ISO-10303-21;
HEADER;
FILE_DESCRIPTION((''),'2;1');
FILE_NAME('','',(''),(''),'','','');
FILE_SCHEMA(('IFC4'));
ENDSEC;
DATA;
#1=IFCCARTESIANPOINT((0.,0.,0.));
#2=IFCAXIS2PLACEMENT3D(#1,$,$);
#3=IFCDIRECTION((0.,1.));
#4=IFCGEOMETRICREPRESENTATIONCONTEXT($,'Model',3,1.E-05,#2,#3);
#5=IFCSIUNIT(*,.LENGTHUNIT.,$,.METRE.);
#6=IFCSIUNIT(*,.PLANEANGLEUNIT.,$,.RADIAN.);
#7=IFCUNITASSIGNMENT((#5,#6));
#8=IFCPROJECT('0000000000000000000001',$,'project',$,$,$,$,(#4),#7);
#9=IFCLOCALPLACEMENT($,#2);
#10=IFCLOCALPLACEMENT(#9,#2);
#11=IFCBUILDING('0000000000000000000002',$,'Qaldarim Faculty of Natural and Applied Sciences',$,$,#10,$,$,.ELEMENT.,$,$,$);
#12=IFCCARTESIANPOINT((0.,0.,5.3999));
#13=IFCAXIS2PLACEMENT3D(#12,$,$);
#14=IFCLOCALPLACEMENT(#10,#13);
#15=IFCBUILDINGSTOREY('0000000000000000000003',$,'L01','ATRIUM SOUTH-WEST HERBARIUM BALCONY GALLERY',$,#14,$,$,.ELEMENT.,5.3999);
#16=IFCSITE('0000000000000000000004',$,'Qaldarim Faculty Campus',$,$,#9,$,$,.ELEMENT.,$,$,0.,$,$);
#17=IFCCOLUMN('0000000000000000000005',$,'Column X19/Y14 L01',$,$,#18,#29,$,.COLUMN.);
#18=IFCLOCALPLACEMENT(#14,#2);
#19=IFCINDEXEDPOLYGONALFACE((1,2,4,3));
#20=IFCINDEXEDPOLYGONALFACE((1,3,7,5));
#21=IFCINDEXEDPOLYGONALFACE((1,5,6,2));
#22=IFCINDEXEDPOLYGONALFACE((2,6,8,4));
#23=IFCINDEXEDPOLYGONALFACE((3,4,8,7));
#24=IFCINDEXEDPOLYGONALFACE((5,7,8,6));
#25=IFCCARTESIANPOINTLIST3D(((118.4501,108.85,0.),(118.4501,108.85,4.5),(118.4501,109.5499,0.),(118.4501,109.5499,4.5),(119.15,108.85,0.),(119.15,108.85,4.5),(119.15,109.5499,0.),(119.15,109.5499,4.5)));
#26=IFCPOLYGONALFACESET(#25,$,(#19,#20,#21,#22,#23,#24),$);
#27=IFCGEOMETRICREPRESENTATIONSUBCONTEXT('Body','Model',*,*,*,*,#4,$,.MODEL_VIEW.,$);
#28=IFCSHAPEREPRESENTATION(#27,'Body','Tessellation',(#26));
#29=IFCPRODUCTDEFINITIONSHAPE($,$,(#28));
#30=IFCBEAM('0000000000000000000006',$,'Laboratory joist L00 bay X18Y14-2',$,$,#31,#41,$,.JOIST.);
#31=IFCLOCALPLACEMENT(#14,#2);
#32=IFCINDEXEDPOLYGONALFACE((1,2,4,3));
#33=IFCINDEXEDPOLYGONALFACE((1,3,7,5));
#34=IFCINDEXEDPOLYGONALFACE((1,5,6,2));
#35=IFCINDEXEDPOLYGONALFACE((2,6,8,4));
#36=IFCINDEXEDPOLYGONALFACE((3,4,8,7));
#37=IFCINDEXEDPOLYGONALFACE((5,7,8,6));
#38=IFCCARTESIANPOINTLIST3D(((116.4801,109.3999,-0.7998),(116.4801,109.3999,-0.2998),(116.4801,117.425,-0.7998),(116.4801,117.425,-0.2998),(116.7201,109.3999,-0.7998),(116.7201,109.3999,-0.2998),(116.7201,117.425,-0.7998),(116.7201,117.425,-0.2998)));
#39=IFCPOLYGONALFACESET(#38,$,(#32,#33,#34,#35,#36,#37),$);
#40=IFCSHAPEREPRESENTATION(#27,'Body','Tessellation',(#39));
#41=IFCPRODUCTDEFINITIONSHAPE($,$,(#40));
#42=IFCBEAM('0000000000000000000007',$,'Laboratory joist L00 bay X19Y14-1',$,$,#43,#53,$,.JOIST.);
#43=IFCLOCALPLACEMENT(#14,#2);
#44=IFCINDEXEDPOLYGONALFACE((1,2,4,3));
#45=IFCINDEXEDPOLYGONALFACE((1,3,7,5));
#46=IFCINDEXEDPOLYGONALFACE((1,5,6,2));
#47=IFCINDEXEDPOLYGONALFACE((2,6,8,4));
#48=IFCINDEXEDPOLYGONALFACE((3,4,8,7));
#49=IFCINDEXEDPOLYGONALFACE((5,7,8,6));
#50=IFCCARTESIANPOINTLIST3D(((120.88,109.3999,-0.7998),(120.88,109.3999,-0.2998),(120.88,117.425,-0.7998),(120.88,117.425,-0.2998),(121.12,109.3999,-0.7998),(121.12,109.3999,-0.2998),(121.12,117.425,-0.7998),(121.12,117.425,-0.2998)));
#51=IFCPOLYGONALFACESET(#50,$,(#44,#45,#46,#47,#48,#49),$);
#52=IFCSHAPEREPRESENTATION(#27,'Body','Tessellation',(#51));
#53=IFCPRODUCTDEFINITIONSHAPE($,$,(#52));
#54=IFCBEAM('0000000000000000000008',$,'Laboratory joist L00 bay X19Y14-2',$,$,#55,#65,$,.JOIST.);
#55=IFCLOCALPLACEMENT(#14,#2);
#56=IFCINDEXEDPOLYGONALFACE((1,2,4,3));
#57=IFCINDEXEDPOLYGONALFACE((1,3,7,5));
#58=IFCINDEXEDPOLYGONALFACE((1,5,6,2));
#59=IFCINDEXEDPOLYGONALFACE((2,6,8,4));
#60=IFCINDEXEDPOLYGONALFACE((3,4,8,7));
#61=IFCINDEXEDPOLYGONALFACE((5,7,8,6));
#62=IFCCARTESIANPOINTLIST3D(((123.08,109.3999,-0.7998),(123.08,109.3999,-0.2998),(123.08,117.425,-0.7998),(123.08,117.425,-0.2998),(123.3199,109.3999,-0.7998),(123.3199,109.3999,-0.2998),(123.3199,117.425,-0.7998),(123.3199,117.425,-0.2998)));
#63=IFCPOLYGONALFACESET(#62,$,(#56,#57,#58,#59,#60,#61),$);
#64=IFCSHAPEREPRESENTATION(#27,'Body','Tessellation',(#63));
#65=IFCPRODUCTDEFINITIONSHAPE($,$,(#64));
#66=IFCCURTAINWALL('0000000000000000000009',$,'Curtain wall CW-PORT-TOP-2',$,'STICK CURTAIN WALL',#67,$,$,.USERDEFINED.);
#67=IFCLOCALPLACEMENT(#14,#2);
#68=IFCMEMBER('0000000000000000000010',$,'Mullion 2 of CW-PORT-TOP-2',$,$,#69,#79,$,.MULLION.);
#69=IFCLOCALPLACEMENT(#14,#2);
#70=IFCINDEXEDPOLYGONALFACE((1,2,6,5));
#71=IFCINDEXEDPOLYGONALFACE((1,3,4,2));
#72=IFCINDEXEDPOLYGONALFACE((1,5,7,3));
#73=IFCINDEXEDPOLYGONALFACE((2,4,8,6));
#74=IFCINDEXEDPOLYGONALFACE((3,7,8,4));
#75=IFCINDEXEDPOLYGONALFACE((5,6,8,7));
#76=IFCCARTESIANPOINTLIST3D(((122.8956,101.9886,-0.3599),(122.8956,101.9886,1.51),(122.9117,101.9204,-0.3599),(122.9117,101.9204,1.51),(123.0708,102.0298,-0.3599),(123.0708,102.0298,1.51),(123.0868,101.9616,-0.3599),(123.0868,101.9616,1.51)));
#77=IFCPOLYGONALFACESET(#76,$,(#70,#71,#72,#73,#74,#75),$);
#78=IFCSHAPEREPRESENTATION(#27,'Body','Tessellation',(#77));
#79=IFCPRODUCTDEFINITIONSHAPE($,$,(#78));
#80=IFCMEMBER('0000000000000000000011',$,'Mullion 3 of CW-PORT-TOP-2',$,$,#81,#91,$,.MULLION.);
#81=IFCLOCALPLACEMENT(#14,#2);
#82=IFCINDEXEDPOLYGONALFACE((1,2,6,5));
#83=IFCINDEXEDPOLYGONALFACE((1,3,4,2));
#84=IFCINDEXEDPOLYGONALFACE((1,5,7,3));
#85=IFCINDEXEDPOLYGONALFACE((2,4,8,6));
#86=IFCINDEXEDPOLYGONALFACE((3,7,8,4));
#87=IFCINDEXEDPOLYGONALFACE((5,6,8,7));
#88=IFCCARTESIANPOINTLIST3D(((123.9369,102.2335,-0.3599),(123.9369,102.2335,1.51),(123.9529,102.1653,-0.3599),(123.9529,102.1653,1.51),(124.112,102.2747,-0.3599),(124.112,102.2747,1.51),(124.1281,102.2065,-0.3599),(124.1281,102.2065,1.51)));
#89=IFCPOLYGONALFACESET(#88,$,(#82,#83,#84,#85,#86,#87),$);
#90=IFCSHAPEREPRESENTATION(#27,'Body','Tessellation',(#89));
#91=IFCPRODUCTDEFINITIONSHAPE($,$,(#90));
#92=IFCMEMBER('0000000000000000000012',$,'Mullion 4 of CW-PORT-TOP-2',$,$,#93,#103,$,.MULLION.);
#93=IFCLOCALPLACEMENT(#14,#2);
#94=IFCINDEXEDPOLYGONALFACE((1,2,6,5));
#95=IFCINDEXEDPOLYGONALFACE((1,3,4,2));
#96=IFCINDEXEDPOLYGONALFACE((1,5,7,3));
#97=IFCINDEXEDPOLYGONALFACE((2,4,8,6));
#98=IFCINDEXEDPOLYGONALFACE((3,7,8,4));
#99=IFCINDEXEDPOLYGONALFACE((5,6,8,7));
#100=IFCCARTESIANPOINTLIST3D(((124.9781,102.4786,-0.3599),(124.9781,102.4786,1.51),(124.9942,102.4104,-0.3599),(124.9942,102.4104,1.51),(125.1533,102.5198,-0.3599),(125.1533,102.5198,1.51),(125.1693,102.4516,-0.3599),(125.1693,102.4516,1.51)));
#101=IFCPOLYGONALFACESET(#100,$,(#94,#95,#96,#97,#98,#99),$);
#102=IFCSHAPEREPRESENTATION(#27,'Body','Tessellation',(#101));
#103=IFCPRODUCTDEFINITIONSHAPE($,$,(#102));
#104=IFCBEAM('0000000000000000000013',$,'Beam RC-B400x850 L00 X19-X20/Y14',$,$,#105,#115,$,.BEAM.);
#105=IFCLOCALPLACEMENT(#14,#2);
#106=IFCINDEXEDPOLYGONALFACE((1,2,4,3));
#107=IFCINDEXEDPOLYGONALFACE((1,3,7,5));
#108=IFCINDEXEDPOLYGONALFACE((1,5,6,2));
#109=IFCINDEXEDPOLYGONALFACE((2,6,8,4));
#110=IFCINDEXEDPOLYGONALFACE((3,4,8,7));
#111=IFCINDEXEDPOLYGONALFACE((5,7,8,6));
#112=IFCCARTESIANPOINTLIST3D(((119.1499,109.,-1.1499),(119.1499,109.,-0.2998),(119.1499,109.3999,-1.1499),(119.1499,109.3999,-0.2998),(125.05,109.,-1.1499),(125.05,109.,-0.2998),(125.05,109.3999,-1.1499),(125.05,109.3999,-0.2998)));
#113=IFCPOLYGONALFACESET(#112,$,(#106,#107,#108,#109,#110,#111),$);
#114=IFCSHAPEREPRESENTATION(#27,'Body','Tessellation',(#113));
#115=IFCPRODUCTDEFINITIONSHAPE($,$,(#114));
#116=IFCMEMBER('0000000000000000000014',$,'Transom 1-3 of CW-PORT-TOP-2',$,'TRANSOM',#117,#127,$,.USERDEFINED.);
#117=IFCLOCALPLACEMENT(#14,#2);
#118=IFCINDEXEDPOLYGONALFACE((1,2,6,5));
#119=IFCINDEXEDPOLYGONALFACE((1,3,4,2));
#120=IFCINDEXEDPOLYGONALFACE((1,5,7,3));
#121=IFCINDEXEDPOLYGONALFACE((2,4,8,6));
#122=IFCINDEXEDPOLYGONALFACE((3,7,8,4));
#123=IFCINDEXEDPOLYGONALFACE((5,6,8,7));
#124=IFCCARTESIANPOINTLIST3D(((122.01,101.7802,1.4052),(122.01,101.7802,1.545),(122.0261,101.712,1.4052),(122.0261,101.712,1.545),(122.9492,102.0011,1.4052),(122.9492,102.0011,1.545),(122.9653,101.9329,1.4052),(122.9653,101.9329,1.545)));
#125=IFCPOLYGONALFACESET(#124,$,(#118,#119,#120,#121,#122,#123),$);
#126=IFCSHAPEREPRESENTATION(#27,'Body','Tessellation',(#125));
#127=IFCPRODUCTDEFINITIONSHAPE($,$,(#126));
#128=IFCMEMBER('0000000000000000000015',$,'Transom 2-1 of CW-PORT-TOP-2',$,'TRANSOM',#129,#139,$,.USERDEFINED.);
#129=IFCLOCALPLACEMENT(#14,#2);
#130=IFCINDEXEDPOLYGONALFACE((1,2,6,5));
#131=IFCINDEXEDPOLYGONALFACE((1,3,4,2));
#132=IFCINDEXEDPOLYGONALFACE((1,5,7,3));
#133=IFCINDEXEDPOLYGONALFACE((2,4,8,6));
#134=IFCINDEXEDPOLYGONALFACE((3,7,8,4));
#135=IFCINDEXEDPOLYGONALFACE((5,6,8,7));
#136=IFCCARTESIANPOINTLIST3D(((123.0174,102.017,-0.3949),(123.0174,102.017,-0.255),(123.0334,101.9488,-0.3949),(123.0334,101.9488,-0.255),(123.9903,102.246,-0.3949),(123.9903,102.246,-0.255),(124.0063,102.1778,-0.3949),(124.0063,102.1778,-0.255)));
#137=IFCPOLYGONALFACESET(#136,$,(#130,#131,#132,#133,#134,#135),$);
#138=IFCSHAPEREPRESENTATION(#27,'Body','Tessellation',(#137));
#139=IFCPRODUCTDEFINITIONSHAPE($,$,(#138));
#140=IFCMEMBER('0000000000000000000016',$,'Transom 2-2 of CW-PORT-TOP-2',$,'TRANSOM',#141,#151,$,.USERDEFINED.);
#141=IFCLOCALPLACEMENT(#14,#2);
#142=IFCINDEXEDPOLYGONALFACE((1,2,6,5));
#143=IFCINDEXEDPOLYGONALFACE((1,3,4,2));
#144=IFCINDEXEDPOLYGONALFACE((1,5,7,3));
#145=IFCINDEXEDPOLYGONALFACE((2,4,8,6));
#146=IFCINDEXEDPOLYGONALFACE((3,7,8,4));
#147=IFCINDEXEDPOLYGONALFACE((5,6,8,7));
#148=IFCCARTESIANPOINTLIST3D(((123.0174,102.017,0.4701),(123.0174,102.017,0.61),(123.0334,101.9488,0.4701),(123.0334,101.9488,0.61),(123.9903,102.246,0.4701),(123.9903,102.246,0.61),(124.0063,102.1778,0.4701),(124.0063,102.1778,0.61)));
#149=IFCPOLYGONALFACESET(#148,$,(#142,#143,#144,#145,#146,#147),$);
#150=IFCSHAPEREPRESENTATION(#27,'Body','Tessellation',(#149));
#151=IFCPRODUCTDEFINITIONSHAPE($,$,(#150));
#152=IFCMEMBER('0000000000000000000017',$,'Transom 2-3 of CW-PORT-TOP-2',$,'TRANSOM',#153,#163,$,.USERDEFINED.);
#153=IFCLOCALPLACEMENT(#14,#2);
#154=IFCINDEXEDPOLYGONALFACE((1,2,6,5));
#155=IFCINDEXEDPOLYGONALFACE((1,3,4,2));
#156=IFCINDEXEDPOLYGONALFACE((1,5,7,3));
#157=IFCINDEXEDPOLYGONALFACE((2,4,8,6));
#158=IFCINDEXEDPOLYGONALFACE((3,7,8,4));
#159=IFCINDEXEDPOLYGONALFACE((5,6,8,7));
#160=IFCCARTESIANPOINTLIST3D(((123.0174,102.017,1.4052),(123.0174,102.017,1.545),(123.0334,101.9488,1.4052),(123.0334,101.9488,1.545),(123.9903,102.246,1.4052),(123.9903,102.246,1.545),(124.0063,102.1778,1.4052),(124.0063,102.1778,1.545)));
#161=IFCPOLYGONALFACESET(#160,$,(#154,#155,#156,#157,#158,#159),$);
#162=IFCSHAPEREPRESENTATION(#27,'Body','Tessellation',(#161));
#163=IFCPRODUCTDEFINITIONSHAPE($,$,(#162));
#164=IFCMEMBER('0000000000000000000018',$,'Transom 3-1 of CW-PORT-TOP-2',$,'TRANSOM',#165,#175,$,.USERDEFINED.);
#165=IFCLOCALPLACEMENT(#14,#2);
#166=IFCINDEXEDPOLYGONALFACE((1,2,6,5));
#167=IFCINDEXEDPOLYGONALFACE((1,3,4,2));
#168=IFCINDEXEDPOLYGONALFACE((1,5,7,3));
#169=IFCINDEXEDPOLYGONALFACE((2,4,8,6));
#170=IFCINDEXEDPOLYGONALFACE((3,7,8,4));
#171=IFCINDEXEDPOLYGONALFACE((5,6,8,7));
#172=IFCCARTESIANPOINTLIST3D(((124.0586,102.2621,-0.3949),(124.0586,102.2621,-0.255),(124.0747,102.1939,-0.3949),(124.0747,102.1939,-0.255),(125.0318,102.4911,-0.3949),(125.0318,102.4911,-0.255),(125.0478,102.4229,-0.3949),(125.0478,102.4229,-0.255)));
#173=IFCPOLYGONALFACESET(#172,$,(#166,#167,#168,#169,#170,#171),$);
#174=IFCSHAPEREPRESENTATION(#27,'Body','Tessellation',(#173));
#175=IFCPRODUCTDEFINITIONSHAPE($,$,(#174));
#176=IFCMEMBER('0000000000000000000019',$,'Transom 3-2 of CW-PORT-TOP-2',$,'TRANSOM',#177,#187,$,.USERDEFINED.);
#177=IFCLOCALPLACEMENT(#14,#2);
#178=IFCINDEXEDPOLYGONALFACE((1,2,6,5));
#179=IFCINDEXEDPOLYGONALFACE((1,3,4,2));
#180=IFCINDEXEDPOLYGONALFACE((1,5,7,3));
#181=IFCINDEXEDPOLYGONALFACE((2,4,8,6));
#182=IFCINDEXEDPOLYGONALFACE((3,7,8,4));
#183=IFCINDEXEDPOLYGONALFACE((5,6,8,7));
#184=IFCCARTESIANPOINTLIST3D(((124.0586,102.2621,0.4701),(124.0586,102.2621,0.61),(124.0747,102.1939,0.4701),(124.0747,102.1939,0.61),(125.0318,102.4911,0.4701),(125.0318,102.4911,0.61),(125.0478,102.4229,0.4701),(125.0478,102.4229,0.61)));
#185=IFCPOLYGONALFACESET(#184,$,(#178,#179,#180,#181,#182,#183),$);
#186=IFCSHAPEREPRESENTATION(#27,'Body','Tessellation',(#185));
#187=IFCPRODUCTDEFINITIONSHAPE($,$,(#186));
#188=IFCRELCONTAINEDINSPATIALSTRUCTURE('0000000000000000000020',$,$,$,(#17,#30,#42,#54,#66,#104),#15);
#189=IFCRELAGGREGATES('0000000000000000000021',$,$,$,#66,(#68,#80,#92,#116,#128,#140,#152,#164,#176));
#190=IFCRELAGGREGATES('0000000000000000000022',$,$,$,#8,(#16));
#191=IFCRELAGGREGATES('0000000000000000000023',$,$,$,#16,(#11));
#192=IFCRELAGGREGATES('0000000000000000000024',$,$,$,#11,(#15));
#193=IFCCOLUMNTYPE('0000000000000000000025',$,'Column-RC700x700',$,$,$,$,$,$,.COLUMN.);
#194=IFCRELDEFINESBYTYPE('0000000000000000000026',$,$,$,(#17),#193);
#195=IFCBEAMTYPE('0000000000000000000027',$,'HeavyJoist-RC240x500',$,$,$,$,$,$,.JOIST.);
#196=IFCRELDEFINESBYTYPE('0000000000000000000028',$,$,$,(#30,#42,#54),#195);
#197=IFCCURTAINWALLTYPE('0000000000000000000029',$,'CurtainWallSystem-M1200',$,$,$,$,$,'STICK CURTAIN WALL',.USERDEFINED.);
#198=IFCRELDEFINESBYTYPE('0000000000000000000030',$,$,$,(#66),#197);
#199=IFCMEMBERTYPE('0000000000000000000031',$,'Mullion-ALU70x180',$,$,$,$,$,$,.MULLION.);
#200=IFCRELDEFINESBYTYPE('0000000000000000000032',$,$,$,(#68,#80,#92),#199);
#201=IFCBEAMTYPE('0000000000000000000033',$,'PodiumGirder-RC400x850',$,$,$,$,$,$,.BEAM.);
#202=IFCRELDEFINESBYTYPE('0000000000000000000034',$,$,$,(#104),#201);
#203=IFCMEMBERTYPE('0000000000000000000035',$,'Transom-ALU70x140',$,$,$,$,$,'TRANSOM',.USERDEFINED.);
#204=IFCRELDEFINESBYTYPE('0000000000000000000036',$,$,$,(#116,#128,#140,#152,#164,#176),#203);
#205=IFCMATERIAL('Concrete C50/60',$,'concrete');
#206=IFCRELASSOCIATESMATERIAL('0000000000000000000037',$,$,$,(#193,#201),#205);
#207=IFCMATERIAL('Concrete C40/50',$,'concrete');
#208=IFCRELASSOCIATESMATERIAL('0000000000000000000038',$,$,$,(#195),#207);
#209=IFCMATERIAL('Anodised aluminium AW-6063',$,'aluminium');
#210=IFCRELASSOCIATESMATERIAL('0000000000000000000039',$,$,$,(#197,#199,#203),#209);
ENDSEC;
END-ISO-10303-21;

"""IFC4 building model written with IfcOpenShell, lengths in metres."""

from ifc_helpers import new_model, si_unit, direction, frame, origin, origin_2d, place, context, subcontext, project, spatial, rectangle, extrude, material, material_profile, profile_set, type_object, element, aggregate, save


model = new_model("IFC4")

# Units and contexts
model_context = context("Model", 3, precision=1e-05, world=origin(), true_north=direction((0.0, 1.0)))
body_context = subcontext(model_context, "Body", "Model", "MODEL_VIEW")
ifc_project = project(units=[si_unit("LENGTHUNIT", "METRE"), si_unit("PLANEANGLEUNIT", "RADIAN")], contexts=[model_context])

# Site, building, storey
site_placement = place(None, origin())
site = spatial("IfcSite", under=ifc_project, at=site_placement, Name="Qaldarim Faculty Campus", CompositionType="ELEMENT", RefElevation=0.0)
building_placement = place(site_placement, origin())
building = spatial("IfcBuilding", under=site, at=building_placement, Name="Qaldarim Faculty of Natural and Applied Sciences", CompositionType="ELEMENT")
storey_placement = place(building_placement, frame((0.0, 0.0, 5.3999)))
storey = spatial("IfcBuildingStorey", under=building, at=storey_placement, Name="L01", Description="ATRIUM SOUTH-WEST HERBARIUM BALCONY GALLERY", CompositionType="ELEMENT", Elevation=5.3999)

# Column
ifc_material_1 = material(Name="Concrete C50/60", Category="concrete")
ifc_material_profile_1 = material_profile(ifc_material_1, rectangle(XDim=0.7, YDim=0.7, at=origin_2d()), Name="RC-C700x700")
ifc_profile_set_1 = profile_set([ifc_material_profile_1], Name="Concrete C50/60")
column_type = type_object("IfcColumnType", Name="Column-RC700x700", PredefinedType="COLUMN", material=ifc_profile_set_1)
column_placement = place(storey_placement, frame((118.8, 109.2, 0.0), z_axis=(0.0, 0.0, 1.0), x_axis=(1.0, 0.0, 0.0)))
element("IfcColumn", 1, at=column_placement, inside=storey, type_object=column_type, Name="Column X19/Y14 L01", PredefinedType="COLUMN", context=body_context, shape_type="SweptSolid", body=[
    extrude(rectangle(XDim=0.7, YDim=0.7, at=origin_2d()), origin(), (0.0, 0.0, 1.0), 4.5),
])

# Beams
ifc_material_2 = material(Name="Concrete C40/50", Category="concrete")
ifc_material_profile_2 = material_profile(ifc_material_2, rectangle(XDim=0.24, YDim=0.5, at=origin_2d()), Name="RC-J240x500")
ifc_profile_set_2 = profile_set([ifc_material_profile_2], Name="Concrete C40/50")
beam_type_1 = type_object("IfcBeamType", Name="HeavyJoist-RC240x500", PredefinedType="JOIST", material=ifc_profile_set_2)
for number, where, z_axis, x_axis, name in (
    (2, (116.6001, 109.3999, -0.5498), (0.0, 1.0, 0.0), (-1.0, 0.0, 0.0), "Laboratory joist L00 bay X18Y14-2"),
    (3, (121.0, 109.3999, -0.5498), (0.0, 1.0, 0.0), (-1.0, 0.0, 0.0), "Laboratory joist L00 bay X19Y14-1"),
    (4, (123.2, 109.3999, -0.5498), (0.0, 1.0, 0.0), (-1.0, 0.0, 0.0), "Laboratory joist L00 bay X19Y14-2"),
):
    element("IfcBeam", number, at=place(storey_placement, frame(where, z_axis=z_axis, x_axis=x_axis)), inside=storey, type_object=beam_type_1, Name=name, PredefinedType="JOIST", context=body_context, shape_type="SweptSolid", body=[
        extrude(rectangle(XDim=0.24, YDim=0.5, at=origin_2d()), origin(), (0.0, 0.0, 1.0), 8.0251),
    ])

# Curtain wall, members
ifc_material_3 = material(Name="Anodised aluminium AW-6063", Category="aluminium")
curtain_wall_type = type_object("IfcCurtainWallType", Name="CurtainWallSystem-M1200", ElementType="STICK CURTAIN WALL", PredefinedType="USERDEFINED", material=ifc_material_3)
curtain_wall_placement = place(storey_placement, origin())
curtain_wall = element("IfcCurtainWall", 5, at=curtain_wall_placement, inside=storey, type_object=curtain_wall_type, Name="Curtain wall CW-PORT-TOP-2", ObjectType="STICK CURTAIN WALL", PredefinedType="USERDEFINED")
ifc_material_profile_3 = material_profile(ifc_material_3, rectangle(XDim=0.0701, YDim=0.1799, at=origin_2d()), Name="ALU-M70x180")
ifc_profile_set_3 = profile_set([ifc_material_profile_3], Name="Anodised aluminium AW-6063")
member_type_1 = type_object("IfcMemberType", Name="Mullion-ALU70x180", PredefinedType="MULLION", material=ifc_profile_set_3)
member_1_placement = place(storey_placement, frame((122.9912, 101.9751, -0.3599), z_axis=(0.0, 0.0, 1.0), x_axis=(-0.229047, 0.973415, 0.0)))
member_1 = element("IfcMember", 6, at=member_1_placement, type_object=member_type_1, Name="Mullion 2 of CW-PORT-TOP-2", PredefinedType="MULLION", context=body_context, shape_type="SweptSolid", body=[
    extrude(rectangle(XDim=0.0701, YDim=0.1799, at=origin_2d()), origin(), (0.0, 0.0, 1.0), 1.8699),
])
member_2_placement = place(storey_placement, frame((124.0325, 102.22, -0.3599), z_axis=(0.0, 0.0, 1.0), x_axis=(-0.229047, 0.973415, 0.0)))
member_2 = element("IfcMember", 7, at=member_2_placement, type_object=member_type_1, Name="Mullion 3 of CW-PORT-TOP-2", PredefinedType="MULLION", context=body_context, shape_type="SweptSolid", body=[
    extrude(rectangle(XDim=0.0701, YDim=0.1799, at=origin_2d()), origin(), (0.0, 0.0, 1.0), 1.8699),
])
member_3_placement = place(storey_placement, frame((125.0737, 102.4651, -0.3599), z_axis=(0.0, 0.0, 1.0), x_axis=(-0.229047, 0.973415, 0.0)))
member_3 = element("IfcMember", 8, at=member_3_placement, type_object=member_type_1, Name="Mullion 4 of CW-PORT-TOP-2", PredefinedType="MULLION", context=body_context, shape_type="SweptSolid", body=[
    extrude(rectangle(XDim=0.0701, YDim=0.1799, at=origin_2d()), origin(), (0.0, 0.0, 1.0), 1.8699),
])

# Beam
ifc_material_profile_4 = material_profile(ifc_material_1, rectangle(XDim=0.3999, YDim=0.8501, at=origin_2d()), Name="RC-B400x850")
ifc_profile_set_4 = profile_set([ifc_material_profile_4], Name="Concrete C50/60")
beam_type_2 = type_object("IfcBeamType", Name="PodiumGirder-RC400x850", PredefinedType="BEAM", material=ifc_profile_set_4)
beam_placement = place(storey_placement, frame((119.1499, 109.2, -0.7249), z_axis=(1.0, 0.0, 0.0), x_axis=(0.0, 1.0, 0.0)))
element("IfcBeam", 9, at=beam_placement, inside=storey, type_object=beam_type_2, Name="Beam RC-B400x850 L00 X19-X20/Y14", PredefinedType="BEAM", context=body_context, shape_type="SweptSolid", body=[
    extrude(rectangle(XDim=0.3999, YDim=0.8501, at=origin_2d()), origin(), (0.0, 0.0, 1.0), 5.9001),
])

# Members
ifc_material_profile_5 = material_profile(ifc_material_3, rectangle(XDim=0.0701, YDim=0.1399, at=origin_2d()), Name="ALU-T70x140")
ifc_profile_set_5 = profile_set([ifc_material_profile_5], Name="Anodised aluminium AW-6063")
member_type_2 = type_object("IfcMemberType", Name="Transom-ALU70x140", ElementType="TRANSOM", PredefinedType="USERDEFINED", material=ifc_profile_set_5)
member_4_placement = place(storey_placement, frame((122.0181, 101.7461, 1.4751), z_axis=(0.973427, 0.228997, 0.0), x_axis=(-0.228997, 0.973427, 0.0)))
member_4 = element("IfcMember", 10, at=member_4_placement, type_object=member_type_2, Name="Transom 1-3 of CW-PORT-TOP-2", ObjectType="TRANSOM", PredefinedType="USERDEFINED", context=body_context, shape_type="SweptSolid", body=[
    extrude(rectangle(XDim=0.0701, YDim=0.1399, at=origin_2d()), origin(), (0.0, 0.0, 1.0), 0.9648),
])
member_5_placement = place(storey_placement, frame((123.0254, 101.9829, -0.325), z_axis=(0.973398, 0.229121, 0.0), x_axis=(-0.229121, 0.973398, 0.0)))
member_5 = element("IfcMember", 11, at=member_5_placement, type_object=member_type_2, Name="Transom 2-1 of CW-PORT-TOP-2", ObjectType="TRANSOM", PredefinedType="USERDEFINED", context=body_context, shape_type="SweptSolid", body=[
    extrude(rectangle(XDim=0.0701, YDim=0.1399, at=origin_2d()), origin(), (0.0, 0.0, 1.0), 0.9995),
])
member_6_placement = place(storey_placement, frame((123.0254, 101.9829, 0.54), z_axis=(0.973398, 0.229121, 0.0), x_axis=(-0.229121, 0.973398, 0.0)))
member_6 = element("IfcMember", 12, at=member_6_placement, type_object=member_type_2, Name="Transom 2-2 of CW-PORT-TOP-2", ObjectType="TRANSOM", PredefinedType="USERDEFINED", context=body_context, shape_type="SweptSolid", body=[
    extrude(rectangle(XDim=0.0701, YDim=0.1399, at=origin_2d()), origin(), (0.0, 0.0, 1.0), 0.9995),
])
member_7_placement = place(storey_placement, frame((123.0254, 101.9829, 1.4751), z_axis=(0.973398, 0.229121, 0.0), x_axis=(-0.229121, 0.973398, 0.0)))
member_7 = element("IfcMember", 13, at=member_7_placement, type_object=member_type_2, Name="Transom 2-3 of CW-PORT-TOP-2", ObjectType="TRANSOM", PredefinedType="USERDEFINED", context=body_context, shape_type="SweptSolid", body=[
    extrude(rectangle(XDim=0.0701, YDim=0.1399, at=origin_2d()), origin(), (0.0, 0.0, 1.0), 0.9995),
])
member_8_placement = place(storey_placement, frame((124.0667, 102.228, -0.325), z_axis=(0.973411, 0.229067, 0.0), x_axis=(-0.229067, 0.973411, 0.0)))
member_8 = element("IfcMember", 14, at=member_8_placement, type_object=member_type_2, Name="Transom 3-1 of CW-PORT-TOP-2", ObjectType="TRANSOM", PredefinedType="USERDEFINED", context=body_context, shape_type="SweptSolid", body=[
    extrude(rectangle(XDim=0.0701, YDim=0.1399, at=origin_2d()), origin(), (0.0, 0.0, 1.0), 0.9998),
])
member_9_placement = place(storey_placement, frame((124.0667, 102.228, 0.54), z_axis=(0.973411, 0.229067, 0.0), x_axis=(-0.229067, 0.973411, 0.0)))
member_9 = element("IfcMember", 15, at=member_9_placement, type_object=member_type_2, Name="Transom 3-2 of CW-PORT-TOP-2", ObjectType="TRANSOM", PredefinedType="USERDEFINED", context=body_context, shape_type="SweptSolid", body=[
    extrude(rectangle(XDim=0.0701, YDim=0.1399, at=origin_2d()), origin(), (0.0, 0.0, 1.0), 0.9998),
])

aggregate(curtain_wall, [member_1, member_2, member_3, member_4, member_5, member_6, member_7, member_8, member_9])

save(model, "model.ifc")
